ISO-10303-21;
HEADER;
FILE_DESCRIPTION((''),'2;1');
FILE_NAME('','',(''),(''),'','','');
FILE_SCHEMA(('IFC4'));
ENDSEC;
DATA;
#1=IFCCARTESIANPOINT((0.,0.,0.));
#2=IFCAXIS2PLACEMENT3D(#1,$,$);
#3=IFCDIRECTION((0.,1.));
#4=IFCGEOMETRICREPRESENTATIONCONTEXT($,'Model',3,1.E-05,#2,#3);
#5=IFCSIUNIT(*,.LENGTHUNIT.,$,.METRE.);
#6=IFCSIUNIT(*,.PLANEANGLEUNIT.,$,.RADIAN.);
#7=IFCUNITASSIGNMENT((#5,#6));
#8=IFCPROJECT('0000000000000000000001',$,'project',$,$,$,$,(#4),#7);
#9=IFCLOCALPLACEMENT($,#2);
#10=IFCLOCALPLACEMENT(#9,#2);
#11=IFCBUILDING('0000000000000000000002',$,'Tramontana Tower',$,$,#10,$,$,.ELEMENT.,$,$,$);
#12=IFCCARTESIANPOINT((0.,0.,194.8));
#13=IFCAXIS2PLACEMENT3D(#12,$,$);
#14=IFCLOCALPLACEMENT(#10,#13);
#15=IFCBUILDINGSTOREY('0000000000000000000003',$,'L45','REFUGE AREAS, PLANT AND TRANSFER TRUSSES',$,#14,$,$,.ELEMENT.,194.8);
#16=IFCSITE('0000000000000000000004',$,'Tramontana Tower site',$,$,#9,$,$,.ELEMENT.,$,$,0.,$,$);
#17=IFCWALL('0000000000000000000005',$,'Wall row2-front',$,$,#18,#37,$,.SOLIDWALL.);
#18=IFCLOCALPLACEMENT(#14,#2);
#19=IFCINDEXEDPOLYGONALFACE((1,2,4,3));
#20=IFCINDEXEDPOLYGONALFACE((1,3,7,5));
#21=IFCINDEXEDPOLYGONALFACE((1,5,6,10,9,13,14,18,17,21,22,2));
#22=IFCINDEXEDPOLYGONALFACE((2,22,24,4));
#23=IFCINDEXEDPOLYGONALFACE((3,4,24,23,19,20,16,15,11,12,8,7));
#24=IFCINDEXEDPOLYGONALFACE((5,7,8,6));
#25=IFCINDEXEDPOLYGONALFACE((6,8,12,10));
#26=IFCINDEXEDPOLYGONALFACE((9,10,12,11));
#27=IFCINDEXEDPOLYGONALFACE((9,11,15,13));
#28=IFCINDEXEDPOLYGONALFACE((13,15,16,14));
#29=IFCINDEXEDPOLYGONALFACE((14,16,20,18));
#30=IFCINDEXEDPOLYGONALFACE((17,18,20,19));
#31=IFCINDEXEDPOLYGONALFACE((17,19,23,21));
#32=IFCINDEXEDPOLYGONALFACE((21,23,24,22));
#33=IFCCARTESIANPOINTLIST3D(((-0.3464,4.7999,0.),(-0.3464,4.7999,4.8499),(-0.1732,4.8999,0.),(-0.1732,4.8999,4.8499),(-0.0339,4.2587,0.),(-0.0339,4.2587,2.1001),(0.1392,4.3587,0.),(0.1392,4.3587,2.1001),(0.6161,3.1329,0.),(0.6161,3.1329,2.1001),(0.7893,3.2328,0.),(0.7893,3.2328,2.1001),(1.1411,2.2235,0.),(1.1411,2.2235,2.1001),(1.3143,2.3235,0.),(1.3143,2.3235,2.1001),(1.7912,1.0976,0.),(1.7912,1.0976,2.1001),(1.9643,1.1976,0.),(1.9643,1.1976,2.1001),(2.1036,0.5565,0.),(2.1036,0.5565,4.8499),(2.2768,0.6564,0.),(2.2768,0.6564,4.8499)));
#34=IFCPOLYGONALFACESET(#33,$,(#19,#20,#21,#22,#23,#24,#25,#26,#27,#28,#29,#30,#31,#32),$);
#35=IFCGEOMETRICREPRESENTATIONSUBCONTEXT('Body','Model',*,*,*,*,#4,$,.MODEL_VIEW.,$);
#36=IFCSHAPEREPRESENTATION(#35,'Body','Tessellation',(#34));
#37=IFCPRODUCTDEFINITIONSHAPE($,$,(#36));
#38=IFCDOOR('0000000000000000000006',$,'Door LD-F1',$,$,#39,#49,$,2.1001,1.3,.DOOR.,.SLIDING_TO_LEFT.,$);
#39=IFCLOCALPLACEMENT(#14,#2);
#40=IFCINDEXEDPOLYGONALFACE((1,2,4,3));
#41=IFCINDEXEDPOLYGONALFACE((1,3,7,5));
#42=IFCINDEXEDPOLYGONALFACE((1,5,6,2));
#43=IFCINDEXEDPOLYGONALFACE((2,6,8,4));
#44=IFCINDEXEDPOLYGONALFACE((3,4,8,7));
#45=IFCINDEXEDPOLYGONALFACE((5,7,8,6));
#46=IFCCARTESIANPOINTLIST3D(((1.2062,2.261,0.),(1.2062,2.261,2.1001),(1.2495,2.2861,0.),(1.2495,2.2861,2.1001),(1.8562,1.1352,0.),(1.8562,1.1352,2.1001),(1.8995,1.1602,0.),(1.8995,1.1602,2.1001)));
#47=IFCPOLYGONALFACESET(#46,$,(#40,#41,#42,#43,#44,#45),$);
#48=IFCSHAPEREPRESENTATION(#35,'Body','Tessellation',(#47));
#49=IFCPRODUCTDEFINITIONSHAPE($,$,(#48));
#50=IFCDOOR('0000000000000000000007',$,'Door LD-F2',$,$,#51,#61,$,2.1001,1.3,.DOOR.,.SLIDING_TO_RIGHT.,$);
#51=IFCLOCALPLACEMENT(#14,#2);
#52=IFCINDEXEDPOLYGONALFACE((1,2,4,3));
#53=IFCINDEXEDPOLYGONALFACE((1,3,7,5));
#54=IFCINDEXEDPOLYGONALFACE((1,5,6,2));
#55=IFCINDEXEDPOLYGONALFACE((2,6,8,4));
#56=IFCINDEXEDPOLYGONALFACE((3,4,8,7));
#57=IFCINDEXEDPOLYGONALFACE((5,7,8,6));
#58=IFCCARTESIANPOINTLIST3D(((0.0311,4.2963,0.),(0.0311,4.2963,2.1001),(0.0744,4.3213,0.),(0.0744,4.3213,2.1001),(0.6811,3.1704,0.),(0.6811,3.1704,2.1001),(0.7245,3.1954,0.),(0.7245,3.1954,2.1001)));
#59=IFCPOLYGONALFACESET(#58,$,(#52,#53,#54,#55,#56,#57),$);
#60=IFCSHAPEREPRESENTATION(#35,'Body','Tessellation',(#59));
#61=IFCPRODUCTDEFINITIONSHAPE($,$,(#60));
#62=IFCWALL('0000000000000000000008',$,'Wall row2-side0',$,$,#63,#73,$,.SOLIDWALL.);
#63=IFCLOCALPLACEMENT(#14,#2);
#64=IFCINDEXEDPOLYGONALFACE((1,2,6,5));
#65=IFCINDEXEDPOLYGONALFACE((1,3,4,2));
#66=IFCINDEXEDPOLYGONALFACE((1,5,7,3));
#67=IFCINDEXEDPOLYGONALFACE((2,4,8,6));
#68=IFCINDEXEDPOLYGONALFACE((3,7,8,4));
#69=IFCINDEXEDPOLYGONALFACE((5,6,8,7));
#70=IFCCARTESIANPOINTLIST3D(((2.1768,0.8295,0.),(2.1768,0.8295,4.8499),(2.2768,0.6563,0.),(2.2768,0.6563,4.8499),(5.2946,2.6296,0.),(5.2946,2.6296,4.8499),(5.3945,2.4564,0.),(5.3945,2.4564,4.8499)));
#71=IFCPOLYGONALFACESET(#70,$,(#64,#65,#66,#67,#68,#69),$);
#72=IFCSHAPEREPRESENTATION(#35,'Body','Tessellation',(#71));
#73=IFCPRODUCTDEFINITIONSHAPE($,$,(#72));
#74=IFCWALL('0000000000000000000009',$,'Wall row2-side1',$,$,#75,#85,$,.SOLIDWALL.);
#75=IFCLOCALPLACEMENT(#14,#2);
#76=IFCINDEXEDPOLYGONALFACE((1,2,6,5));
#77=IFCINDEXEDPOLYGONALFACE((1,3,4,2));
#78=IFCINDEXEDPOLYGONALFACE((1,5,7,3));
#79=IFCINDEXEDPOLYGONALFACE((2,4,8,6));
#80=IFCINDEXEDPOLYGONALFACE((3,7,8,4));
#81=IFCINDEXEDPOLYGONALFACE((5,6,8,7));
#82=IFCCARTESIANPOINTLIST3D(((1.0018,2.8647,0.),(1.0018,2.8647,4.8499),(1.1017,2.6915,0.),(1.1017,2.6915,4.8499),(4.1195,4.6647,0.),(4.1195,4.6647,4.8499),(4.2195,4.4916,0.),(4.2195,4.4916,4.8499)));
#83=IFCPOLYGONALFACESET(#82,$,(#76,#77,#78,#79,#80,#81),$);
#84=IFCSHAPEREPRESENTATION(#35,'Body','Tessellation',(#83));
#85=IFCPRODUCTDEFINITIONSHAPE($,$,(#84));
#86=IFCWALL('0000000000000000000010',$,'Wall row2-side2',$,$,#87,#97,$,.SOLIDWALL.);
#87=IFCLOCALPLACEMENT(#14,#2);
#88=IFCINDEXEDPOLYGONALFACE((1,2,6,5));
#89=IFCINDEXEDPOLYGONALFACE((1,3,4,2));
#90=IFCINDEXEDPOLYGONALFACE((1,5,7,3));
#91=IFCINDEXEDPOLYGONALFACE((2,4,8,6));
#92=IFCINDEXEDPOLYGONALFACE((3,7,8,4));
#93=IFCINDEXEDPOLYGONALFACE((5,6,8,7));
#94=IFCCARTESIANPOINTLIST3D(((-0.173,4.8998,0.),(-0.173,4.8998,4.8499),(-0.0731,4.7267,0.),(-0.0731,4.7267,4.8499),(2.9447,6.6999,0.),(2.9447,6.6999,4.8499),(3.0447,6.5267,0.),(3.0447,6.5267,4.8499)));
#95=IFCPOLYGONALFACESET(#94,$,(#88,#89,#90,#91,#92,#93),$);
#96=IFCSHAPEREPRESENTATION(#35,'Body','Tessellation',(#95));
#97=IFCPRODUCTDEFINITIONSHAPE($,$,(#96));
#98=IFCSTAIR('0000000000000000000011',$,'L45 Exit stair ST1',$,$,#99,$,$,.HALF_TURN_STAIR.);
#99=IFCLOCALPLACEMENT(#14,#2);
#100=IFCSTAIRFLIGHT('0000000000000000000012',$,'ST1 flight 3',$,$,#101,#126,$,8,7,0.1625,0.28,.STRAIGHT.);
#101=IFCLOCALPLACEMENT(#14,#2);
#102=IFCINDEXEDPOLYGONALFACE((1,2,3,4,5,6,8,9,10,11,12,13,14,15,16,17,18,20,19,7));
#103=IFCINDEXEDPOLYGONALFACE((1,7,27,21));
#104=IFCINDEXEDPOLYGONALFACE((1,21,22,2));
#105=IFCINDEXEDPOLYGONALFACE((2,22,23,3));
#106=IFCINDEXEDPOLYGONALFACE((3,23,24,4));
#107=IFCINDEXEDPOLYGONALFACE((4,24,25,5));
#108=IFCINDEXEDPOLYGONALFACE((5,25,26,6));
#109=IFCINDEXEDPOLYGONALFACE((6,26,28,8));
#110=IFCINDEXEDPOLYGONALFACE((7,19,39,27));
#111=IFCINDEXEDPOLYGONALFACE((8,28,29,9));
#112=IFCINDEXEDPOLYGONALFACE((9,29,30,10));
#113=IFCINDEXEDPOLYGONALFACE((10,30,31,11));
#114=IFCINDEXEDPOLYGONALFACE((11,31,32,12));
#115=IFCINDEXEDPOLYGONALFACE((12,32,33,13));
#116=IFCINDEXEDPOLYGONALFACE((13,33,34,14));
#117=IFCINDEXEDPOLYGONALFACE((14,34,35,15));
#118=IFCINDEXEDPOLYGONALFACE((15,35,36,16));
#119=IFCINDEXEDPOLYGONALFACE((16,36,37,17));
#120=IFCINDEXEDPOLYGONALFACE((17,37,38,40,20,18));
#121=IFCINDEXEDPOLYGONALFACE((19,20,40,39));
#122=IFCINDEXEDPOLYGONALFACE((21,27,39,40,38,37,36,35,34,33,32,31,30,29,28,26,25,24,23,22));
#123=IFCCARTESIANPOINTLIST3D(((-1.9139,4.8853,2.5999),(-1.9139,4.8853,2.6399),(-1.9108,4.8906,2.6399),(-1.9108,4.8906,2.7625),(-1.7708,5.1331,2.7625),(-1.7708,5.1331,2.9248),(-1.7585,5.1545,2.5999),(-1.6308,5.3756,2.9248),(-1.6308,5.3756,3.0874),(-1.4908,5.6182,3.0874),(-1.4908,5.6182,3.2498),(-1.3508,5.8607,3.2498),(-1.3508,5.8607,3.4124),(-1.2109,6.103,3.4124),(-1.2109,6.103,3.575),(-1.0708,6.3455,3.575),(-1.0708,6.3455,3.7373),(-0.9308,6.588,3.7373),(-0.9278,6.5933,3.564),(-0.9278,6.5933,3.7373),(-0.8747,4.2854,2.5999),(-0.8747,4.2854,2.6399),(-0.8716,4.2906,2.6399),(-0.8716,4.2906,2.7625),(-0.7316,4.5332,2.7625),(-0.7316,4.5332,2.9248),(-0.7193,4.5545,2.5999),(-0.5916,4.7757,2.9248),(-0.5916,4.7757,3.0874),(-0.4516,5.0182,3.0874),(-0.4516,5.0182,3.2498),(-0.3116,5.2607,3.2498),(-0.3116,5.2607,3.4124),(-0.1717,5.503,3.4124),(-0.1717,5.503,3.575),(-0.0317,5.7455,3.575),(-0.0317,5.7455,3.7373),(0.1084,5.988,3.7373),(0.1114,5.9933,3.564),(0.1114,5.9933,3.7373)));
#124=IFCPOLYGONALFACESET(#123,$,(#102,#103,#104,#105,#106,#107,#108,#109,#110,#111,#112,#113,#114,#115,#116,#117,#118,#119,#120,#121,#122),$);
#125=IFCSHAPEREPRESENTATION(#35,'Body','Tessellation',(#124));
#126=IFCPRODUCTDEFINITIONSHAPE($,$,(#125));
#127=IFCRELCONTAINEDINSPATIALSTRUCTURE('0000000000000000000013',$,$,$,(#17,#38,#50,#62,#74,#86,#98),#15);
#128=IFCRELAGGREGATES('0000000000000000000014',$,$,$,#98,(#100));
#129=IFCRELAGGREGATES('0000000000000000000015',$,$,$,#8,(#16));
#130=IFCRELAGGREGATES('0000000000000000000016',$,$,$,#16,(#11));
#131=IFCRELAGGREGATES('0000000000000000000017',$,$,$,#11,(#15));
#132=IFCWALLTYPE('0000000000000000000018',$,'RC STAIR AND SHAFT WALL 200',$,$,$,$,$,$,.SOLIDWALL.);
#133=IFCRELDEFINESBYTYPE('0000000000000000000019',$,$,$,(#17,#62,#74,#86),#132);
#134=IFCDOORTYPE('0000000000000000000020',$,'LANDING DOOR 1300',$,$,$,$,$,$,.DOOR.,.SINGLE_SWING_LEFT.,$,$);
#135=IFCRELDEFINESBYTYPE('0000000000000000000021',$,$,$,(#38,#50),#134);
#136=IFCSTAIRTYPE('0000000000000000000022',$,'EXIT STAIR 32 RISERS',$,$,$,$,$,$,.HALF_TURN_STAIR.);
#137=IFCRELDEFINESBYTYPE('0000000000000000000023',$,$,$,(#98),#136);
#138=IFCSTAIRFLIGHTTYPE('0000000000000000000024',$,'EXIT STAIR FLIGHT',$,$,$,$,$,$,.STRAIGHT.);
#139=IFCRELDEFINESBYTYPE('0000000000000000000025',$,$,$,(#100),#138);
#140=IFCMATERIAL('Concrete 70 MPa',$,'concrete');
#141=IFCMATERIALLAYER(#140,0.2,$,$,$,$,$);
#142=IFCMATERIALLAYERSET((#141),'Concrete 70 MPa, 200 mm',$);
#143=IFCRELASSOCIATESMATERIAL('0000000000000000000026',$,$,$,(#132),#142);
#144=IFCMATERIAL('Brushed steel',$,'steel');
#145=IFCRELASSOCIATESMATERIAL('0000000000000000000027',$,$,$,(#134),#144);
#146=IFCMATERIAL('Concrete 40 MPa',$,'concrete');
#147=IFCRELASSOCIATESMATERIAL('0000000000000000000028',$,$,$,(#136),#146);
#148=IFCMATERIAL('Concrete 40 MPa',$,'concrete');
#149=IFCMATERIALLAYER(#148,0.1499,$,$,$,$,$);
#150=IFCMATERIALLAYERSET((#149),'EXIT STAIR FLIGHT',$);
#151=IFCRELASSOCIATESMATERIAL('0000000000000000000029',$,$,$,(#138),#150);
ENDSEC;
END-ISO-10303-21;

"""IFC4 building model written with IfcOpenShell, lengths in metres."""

from ifc_helpers import new_model, si_unit, direction, frame, frame_2d, origin, place, context, subcontext, project, spatial, polyline, rectangle, outline, extrude, material, layer, layer_set, type_object, element, fill, aggregate, save


model = new_model("IFC4")

# Units and contexts
model_context = context("Model", 3, precision=1e-05, world=origin(), true_north=direction((0.0, 1.0)))
body_context = subcontext(model_context, "Body", "Model", "MODEL_VIEW")
ifc_project = project(units=[si_unit("LENGTHUNIT", "METRE"), si_unit("PLANEANGLEUNIT", "RADIAN")], contexts=[model_context])

# Site, building, storey
site_placement = place(None, origin())
site = spatial("IfcSite", under=ifc_project, at=site_placement, Name="Tramontana Tower site", CompositionType="ELEMENT", RefElevation=0.0)
building_placement = place(site_placement, origin())
building = spatial("IfcBuilding", under=site, at=building_placement, Name="Tramontana Tower", CompositionType="ELEMENT")
storey_placement = place(building_placement, frame((0.0, 0.0, 194.8)))
storey = spatial("IfcBuildingStorey", under=building, at=storey_placement, Name="L45", Description="REFUGE AREAS, PLANT AND TRANSFER TRUSSES", CompositionType="ELEMENT", Elevation=194.8)

# Wall, openings, doors
ifc_material_1 = material(Name="Concrete 70 MPa", Category="concrete")
ifc_layer_1 = layer(ifc_material_1, 0.2)
ifc_layer_set_1 = layer_set([ifc_layer_1], Name="Concrete 70 MPa, 200 mm")
wall_type_1 = type_object("IfcWallType", Name="RC STAIR AND SHAFT WALL 200", PredefinedType="SOLIDWALL", material=ifc_layer_set_1)
wall_1_placement = place(storey_placement, frame((2.1902, 0.6064, 0.0), z_axis=(0.0, 0.0, 1.0), x_axis=(-0.500003, 0.866024, 0.0)))
wall_1 = element("IfcWall", 1, at=wall_1_placement, inside=storey, type_object=wall_type_1, Name="Wall row2-front", PredefinedType="SOLIDWALL", context=body_context, shape_type="SweptSolid", body=[
    extrude(rectangle(XDim=4.8999, YDim=0.2, at=frame_2d((2.45, 0.0))), origin(), (0.0, 0.0, 1.0), 4.8499),
])
opening_1_placement = place(wall_1_placement, frame((0.625, 0.0, 0.0)))
opening_1 = element("IfcOpeningElement", 2, at=opening_1_placement, cuts=wall_1, PredefinedType="OPENING", context=body_context, shape_type="SweptSolid", body=[
    extrude(rectangle(XDim=1.3, YDim=2.1001, at=frame_2d((0.6499, 1.05))), frame((0.0, 0.1099, 0.0), z_axis=(0.0, -1.0, 0.0), x_axis=(1.0, 0.0, 0.0)), (0.0, 0.0, 1.0), 0.22),
])
opening_2_placement = place(wall_1_placement, frame((2.9751, 0.0, 0.0)))
opening_2 = element("IfcOpeningElement", 3, at=opening_2_placement, cuts=wall_1, PredefinedType="OPENING", context=body_context, shape_type="SweptSolid", body=[
    extrude(rectangle(XDim=1.3, YDim=2.1001, at=frame_2d((0.6499, 1.05))), frame((0.0, 0.1099, 0.0), z_axis=(0.0, -1.0, 0.0), x_axis=(1.0, 0.0, 0.0)), (0.0, 0.0, 1.0), 0.22),
])
ifc_material_2 = material(Name="Brushed steel", Category="steel")
door_type_1 = type_object("IfcDoorType", Name="LANDING DOOR 1300", OperationType="SINGLE_SWING_LEFT", PredefinedType="DOOR", material=ifc_material_2)
door_1_placement = place(opening_1_placement, origin())
door_1 = element("IfcDoor", 4, at=door_1_placement, inside=storey, type_object=door_type_1, Name="Door LD-F1", OperationType="SLIDING_TO_LEFT", OverallHeight=2.1001, OverallWidth=1.3, PredefinedType="DOOR", context=body_context, shape_type="SweptSolid", body=[
    extrude(rectangle(XDim=1.3, YDim=2.1001, at=frame_2d((0.6499, 1.05))), frame((0.0, 0.0249, 0.0), z_axis=(0.0, -1.0, 0.0), x_axis=(1.0, 0.0, 0.0)), (0.0, 0.0, 1.0), 0.05),
])
fill(opening_1, door_1)
door_2_placement = place(opening_2_placement, origin())
door_2 = element("IfcDoor", 5, at=door_2_placement, inside=storey, type_object=door_type_1, Name="Door LD-F2", OperationType="SLIDING_TO_RIGHT", OverallHeight=2.1001, OverallWidth=1.3, PredefinedType="DOOR", context=body_context, shape_type="SweptSolid", body=[
    extrude(rectangle(XDim=1.3, YDim=2.1001, at=frame_2d((0.6499, 1.05))), frame((0.0, 0.0249, 0.0), z_axis=(0.0, -1.0, 0.0), x_axis=(1.0, 0.0, 0.0)), (0.0, 0.0, 1.0), 0.05),
])
fill(opening_2, door_2)

# Walls
for number, where, z_axis, x_axis, name in (
    (6, (2.2268, 0.7429, 0.0), (0.0, 0.0, 1.0), (0.866018, 0.500012, 0.0), "Wall row2-side0"),
    (7, (1.0518, 2.7781, 0.0), (0.0, 0.0, 1.0), (0.866018, 0.500012, 0.0), "Wall row2-side1"),
    (8, (-0.123, 4.8132, 0.0), (0.0, 0.0, 1.0), (0.866018, 0.500012, 0.0), "Wall row2-side2"),
):
    element("IfcWall", number, at=place(storey_placement, frame(where, z_axis=z_axis, x_axis=x_axis)), inside=storey, type_object=wall_type_1, Name=name, PredefinedType="SOLIDWALL", context=body_context, shape_type="SweptSolid", body=[
        extrude(rectangle(XDim=3.6001, YDim=0.2, at=frame_2d((1.8, 0.0))), origin(), (0.0, 0.0, 1.0), 4.8499),
    ])

# Stair, stair flight
ifc_material_3 = material(Name="Concrete 40 MPa", Category="concrete")
stair_type = type_object("IfcStairType", Name="EXIT STAIR 32 RISERS", PredefinedType="HALF_TURN_STAIR", material=ifc_material_3)
stair_placement = place(storey_placement, origin())
stair = element("IfcStair", 9, at=stair_placement, inside=storey, type_object=stair_type, Name="L45 Exit stair ST1", PredefinedType="HALF_TURN_STAIR")
ifc_material_4 = material(Name="Concrete 40 MPa", Category="concrete")
ifc_layer_2 = layer(ifc_material_4, 0.1499)
ifc_layer_set_2 = layer_set([ifc_layer_2], Name="EXIT STAIR FLIGHT")
stair_flight_type = type_object("IfcStairFlightType", Name="EXIT STAIR FLIGHT", PredefinedType="STRAIGHT", material=ifc_layer_set_2)
stair_flight_placement = place(storey_placement, frame((-1.3911, 4.5906, 2.5999), z_axis=(0.0, 0.0, 1.0), x_axis=(0.5, 0.866025, 0.0)))
stair_flight = element("IfcStairFlight", 10, at=stair_flight_placement, type_object=stair_flight_type, Name="ST1 flight 3", NumberOfRisers=8, NumberOfTreads=7, PredefinedType="STRAIGHT", RiserHeight=0.1625, TreadLength=0.28, context=body_context, shape_type="SweptSolid", body=[
    extrude(outline(polyline([(-0.0061, 0.0), (-0.0061, 0.04), (0.0, 0.04), (0.0, 0.1626), (0.28, 0.1626), (0.28, 0.325), (0.5601, 0.325), (0.5601, 0.4875), (0.8401, 0.4875), (0.8401, 0.6499), (1.1201, 0.6499), (1.1201, 0.8125), (1.3999, 0.8125), (1.3999, 0.9751), (1.6799, 0.9751), (1.6799, 1.1375), (1.96, 1.1375), (1.9661, 1.1375), (1.9661, 0.9641), (0.3047, 0.0), (-0.0061, 0.0)])), frame((0.0, 0.6001, 0.0), z_axis=(0.0, -1.0, 0.0), x_axis=(1.0, 0.0, 0.0)), (0.0, 0.0, 1.0), 1.2),
])
aggregate(stair, [stair_flight])

save(model, "model.ifc")
